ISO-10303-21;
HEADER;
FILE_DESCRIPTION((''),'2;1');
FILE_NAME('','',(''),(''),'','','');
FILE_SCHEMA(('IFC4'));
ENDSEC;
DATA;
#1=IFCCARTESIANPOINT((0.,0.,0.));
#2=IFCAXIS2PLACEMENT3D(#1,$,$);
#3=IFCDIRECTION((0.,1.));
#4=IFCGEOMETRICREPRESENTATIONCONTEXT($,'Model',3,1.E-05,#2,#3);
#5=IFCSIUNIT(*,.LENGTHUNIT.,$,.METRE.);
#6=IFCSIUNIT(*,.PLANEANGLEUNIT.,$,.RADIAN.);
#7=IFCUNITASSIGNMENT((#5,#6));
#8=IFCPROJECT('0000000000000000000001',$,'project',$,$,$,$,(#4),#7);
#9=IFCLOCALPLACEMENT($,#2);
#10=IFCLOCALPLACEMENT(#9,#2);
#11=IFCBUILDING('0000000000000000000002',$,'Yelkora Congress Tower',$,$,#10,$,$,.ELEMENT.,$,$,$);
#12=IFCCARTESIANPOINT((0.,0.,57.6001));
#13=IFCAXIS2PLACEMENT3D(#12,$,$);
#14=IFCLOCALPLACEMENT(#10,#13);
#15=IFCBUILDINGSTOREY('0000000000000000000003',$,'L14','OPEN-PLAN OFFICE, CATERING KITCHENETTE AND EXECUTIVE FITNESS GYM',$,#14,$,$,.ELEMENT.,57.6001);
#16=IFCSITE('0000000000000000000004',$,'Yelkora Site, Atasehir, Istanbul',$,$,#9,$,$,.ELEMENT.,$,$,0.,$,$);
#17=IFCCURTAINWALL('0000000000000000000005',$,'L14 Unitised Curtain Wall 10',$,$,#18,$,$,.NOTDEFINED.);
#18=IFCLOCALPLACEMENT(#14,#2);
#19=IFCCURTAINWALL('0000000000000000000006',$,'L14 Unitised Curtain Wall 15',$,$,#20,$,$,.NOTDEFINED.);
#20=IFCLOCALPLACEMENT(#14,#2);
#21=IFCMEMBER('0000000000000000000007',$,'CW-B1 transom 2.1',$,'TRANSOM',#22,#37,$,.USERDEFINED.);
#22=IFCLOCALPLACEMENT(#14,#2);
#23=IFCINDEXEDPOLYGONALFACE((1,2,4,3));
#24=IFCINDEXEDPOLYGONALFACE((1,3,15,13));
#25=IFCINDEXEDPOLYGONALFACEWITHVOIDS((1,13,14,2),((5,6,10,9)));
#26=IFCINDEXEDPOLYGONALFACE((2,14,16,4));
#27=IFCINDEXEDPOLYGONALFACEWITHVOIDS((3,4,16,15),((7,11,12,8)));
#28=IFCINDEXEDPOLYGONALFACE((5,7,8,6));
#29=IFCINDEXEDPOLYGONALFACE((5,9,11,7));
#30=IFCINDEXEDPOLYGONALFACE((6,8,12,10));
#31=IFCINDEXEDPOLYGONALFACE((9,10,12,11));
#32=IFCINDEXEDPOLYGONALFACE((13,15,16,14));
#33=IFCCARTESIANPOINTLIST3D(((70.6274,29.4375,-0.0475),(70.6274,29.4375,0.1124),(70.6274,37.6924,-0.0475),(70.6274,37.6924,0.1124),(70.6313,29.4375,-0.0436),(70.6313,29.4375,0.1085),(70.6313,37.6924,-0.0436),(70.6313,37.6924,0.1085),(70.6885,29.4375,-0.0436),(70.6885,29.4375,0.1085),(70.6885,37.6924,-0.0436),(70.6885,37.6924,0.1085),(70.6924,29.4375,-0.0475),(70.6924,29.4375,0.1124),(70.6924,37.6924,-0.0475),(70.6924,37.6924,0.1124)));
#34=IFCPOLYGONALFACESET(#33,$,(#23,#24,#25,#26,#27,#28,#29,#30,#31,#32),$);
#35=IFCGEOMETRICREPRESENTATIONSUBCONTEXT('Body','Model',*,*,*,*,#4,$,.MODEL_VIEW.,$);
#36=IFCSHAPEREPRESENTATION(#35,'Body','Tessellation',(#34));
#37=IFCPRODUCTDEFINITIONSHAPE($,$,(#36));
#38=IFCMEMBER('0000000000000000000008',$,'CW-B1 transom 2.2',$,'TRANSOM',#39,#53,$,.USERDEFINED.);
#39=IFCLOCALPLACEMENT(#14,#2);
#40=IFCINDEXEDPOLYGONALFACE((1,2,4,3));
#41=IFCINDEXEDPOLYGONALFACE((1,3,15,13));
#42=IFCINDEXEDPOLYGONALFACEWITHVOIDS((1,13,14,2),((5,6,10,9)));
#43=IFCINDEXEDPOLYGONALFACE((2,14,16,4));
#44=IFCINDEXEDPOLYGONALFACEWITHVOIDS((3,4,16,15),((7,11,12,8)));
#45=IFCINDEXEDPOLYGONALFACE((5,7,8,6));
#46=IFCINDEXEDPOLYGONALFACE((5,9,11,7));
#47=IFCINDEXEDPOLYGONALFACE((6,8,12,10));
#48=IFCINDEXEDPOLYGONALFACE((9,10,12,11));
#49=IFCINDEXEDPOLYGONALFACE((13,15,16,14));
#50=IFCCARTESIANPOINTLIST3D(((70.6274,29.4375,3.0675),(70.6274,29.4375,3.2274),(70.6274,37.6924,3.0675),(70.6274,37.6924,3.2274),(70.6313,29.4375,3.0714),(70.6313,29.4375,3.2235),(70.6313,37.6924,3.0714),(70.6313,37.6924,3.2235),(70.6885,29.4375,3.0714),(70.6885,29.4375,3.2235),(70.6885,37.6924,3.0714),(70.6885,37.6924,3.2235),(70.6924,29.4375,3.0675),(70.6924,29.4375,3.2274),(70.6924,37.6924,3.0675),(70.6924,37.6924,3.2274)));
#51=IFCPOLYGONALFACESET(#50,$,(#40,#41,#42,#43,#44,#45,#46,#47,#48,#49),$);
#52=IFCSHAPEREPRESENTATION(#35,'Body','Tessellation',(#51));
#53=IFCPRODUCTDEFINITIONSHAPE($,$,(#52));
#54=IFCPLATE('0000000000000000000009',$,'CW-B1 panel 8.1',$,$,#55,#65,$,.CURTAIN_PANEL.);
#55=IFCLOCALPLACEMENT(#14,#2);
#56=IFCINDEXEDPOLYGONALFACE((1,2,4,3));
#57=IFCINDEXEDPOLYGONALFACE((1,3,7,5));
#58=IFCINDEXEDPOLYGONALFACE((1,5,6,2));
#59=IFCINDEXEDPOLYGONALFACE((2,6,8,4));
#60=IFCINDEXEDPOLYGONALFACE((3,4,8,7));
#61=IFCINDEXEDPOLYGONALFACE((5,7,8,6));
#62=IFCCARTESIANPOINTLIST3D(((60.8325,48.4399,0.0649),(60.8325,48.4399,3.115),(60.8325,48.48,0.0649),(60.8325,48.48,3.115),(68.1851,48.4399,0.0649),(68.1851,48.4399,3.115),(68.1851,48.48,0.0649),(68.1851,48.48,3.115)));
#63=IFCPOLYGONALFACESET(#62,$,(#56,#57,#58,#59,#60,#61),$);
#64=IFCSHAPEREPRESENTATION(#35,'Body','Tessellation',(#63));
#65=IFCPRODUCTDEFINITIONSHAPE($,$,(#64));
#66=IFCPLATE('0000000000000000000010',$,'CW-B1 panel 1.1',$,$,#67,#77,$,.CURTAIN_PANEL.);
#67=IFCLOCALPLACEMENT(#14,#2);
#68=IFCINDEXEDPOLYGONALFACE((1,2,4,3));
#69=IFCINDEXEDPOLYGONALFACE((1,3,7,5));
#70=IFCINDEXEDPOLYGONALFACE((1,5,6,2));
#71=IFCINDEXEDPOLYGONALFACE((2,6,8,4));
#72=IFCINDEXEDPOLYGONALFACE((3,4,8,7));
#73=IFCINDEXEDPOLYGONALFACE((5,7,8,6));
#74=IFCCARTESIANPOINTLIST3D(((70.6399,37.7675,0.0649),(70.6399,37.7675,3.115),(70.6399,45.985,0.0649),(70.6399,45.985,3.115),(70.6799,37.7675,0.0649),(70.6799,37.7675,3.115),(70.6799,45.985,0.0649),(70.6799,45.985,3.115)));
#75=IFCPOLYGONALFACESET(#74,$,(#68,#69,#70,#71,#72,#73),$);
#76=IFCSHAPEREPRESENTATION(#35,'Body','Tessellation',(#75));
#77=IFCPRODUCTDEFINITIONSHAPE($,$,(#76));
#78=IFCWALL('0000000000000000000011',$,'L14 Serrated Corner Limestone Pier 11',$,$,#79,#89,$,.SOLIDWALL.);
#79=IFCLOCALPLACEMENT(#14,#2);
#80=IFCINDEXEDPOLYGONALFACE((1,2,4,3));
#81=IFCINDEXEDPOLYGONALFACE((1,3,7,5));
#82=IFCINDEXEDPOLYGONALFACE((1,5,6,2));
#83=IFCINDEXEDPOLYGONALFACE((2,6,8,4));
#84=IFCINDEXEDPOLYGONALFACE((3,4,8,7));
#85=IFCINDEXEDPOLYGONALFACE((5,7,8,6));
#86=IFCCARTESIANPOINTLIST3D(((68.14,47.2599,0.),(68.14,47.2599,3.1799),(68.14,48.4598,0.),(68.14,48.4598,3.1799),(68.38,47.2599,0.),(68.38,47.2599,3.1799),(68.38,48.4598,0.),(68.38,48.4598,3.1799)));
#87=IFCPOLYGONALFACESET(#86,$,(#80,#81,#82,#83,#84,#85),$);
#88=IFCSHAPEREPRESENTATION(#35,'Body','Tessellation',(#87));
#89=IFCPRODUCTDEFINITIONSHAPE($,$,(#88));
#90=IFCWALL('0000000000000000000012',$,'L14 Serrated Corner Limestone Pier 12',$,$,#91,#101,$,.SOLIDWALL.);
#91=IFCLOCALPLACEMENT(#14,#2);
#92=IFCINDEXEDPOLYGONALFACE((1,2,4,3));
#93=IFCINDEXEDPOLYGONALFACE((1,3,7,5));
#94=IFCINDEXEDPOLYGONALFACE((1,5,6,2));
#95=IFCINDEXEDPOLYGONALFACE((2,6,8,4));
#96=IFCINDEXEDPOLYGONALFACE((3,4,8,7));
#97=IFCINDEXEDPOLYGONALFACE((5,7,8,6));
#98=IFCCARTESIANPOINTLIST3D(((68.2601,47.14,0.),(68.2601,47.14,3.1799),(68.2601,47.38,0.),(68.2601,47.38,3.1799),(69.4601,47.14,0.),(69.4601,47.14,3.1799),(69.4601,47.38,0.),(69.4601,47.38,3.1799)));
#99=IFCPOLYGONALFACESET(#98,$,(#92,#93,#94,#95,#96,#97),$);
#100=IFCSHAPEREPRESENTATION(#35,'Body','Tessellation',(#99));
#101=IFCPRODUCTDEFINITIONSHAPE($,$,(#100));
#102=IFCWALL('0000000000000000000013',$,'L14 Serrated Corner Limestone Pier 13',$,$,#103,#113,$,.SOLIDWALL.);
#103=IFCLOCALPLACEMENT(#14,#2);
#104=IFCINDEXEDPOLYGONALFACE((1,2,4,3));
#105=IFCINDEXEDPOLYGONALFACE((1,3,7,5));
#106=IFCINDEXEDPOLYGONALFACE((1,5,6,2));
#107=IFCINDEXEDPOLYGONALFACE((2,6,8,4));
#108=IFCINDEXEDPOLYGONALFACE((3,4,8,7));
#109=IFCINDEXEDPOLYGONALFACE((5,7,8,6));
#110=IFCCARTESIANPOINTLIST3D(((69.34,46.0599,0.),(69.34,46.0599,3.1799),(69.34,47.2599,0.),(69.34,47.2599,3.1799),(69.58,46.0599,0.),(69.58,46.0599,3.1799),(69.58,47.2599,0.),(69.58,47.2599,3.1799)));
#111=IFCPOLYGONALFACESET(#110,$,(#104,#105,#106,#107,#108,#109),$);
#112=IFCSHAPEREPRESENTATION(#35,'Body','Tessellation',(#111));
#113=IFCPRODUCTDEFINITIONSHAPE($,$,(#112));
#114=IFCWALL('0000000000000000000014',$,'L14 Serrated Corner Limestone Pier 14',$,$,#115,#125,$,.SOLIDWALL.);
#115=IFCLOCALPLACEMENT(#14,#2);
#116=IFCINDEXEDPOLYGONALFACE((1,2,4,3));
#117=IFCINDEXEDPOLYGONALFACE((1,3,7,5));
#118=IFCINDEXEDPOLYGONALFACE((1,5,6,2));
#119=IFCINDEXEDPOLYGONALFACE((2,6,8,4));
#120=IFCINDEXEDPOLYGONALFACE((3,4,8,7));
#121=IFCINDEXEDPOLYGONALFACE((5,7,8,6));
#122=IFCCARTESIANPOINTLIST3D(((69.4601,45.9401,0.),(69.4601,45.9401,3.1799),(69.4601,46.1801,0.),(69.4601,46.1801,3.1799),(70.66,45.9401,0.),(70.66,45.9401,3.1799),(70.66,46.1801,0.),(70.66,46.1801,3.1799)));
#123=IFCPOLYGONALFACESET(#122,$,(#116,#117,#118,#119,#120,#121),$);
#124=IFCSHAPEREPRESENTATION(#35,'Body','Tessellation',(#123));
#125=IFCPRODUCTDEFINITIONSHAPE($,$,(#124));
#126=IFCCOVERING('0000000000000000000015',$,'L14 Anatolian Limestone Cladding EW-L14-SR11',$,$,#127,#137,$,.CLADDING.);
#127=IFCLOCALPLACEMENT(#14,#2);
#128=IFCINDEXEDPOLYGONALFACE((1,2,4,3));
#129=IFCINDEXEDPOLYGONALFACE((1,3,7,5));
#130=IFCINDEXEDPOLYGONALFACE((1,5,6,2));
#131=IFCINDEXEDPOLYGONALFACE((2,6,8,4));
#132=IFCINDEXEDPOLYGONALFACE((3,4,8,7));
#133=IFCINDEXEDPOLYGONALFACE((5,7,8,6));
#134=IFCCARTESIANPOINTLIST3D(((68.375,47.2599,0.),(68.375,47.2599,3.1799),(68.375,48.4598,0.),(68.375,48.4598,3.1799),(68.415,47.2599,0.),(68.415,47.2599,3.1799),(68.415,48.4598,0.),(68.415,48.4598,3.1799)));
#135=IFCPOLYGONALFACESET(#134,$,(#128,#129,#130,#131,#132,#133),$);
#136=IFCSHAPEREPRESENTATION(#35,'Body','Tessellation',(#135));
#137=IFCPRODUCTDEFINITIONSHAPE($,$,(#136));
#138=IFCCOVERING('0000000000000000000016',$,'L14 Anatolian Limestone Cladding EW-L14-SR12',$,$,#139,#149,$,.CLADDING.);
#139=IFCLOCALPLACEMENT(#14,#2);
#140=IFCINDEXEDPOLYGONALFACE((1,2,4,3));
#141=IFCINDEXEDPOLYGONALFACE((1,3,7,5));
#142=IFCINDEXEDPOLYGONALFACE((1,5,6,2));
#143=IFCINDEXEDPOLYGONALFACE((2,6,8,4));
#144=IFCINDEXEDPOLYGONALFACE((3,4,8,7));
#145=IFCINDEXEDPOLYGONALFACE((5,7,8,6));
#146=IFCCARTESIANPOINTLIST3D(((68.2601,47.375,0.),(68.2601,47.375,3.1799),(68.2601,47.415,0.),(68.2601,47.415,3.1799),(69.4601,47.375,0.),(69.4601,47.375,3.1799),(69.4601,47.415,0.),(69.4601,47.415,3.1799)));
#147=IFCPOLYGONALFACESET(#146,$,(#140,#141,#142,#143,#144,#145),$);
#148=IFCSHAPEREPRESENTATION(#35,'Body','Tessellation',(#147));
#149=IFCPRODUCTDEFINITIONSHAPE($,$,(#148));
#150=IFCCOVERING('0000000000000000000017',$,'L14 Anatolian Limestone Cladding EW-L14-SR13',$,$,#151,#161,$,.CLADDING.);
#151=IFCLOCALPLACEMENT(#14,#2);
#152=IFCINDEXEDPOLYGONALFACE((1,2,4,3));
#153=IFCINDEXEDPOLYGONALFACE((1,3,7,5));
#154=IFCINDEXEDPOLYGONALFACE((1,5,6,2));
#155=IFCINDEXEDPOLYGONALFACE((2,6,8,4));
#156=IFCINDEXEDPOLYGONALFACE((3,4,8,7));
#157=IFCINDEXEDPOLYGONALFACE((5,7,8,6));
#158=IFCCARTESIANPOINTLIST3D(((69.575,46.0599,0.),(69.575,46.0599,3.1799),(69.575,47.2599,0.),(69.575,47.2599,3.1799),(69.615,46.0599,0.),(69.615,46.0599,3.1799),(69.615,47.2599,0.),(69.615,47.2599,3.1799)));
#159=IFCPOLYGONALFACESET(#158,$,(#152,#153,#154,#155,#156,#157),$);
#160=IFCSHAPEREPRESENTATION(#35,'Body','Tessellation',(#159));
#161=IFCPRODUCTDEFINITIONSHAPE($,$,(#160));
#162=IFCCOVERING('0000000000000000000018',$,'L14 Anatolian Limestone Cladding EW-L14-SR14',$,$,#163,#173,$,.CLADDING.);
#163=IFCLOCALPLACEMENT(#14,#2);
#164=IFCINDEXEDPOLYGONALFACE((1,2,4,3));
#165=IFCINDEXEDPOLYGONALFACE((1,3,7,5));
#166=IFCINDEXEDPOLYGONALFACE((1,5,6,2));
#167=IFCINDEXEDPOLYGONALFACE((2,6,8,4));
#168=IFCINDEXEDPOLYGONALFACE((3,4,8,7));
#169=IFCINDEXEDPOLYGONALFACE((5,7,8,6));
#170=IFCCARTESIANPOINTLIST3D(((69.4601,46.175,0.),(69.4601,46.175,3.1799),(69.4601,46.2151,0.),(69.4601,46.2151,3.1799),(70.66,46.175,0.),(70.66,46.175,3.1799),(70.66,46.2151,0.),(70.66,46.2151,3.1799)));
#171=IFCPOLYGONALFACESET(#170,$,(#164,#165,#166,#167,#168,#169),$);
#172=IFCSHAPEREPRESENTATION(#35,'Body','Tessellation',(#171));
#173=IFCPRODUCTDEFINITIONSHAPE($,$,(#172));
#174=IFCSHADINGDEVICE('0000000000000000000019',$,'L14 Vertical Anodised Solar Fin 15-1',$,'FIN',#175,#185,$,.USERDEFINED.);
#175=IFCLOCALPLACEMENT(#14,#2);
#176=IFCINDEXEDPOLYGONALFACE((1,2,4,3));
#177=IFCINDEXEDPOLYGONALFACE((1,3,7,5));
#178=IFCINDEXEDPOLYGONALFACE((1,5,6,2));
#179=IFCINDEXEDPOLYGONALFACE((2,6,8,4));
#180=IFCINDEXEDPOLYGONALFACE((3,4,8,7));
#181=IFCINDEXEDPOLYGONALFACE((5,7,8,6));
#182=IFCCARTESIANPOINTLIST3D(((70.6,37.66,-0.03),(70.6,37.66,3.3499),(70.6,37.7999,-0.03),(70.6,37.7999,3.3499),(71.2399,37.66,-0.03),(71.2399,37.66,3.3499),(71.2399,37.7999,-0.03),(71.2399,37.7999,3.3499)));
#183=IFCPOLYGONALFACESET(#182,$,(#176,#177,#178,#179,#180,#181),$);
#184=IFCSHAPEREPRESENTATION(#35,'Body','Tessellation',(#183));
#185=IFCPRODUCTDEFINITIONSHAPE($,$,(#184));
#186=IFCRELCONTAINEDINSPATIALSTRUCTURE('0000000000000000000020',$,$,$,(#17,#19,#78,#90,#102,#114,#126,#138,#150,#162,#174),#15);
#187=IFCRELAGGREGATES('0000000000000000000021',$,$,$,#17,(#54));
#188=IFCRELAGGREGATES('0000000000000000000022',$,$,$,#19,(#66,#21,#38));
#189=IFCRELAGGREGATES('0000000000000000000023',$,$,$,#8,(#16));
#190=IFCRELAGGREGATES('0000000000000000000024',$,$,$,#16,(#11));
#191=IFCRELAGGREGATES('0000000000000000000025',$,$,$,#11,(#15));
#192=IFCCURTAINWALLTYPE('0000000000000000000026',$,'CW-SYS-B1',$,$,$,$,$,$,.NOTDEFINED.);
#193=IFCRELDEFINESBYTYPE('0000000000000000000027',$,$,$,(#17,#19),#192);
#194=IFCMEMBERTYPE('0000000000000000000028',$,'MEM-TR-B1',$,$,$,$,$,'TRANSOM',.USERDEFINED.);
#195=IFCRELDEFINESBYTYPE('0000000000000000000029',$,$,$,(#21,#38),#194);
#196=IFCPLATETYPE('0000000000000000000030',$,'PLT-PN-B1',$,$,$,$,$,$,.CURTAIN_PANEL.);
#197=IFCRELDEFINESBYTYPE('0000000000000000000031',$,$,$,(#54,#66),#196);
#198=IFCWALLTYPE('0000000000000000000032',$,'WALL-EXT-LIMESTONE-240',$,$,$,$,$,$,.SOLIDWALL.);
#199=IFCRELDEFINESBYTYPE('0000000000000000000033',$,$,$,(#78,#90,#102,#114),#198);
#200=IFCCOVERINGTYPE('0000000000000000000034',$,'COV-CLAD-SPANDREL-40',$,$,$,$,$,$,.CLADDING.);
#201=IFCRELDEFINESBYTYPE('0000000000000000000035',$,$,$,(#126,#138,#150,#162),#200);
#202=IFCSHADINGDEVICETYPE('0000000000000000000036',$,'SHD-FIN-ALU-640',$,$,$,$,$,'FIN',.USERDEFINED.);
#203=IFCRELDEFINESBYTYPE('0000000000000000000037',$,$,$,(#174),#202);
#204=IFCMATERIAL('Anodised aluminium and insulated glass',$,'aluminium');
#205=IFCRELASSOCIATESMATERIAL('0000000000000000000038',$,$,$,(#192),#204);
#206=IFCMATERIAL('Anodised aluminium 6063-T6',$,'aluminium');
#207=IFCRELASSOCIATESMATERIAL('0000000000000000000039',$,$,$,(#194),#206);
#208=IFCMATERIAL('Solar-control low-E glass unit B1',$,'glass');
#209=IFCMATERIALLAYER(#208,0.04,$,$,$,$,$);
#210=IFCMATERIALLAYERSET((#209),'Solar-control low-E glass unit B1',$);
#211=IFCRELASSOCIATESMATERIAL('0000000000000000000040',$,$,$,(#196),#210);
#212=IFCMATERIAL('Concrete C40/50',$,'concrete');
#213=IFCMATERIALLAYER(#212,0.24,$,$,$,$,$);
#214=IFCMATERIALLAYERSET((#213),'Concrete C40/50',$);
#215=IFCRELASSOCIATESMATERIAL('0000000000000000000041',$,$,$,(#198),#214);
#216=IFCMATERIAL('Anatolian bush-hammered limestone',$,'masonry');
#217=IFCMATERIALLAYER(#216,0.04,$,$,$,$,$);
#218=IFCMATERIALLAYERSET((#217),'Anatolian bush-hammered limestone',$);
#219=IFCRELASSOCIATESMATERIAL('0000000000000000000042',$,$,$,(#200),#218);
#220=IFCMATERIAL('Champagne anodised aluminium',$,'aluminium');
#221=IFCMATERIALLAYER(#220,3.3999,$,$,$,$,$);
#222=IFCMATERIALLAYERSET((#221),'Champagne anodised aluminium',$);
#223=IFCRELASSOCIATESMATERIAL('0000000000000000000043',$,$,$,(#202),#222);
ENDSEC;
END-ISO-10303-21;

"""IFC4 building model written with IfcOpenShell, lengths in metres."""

from ifc_helpers import new_model, si_unit, direction, frame, frame_2d, origin, origin_2d, place, context, subcontext, project, spatial, rectangle, hollow_rectangle, extrude, material, layer, layer_set, material_profile, profile_set, type_object, element, aggregate, save


model = new_model("IFC4")

# Units and contexts
model_context = context("Model", 3, precision=1e-05, world=origin(), true_north=direction((0.0, 1.0)))
body_context = subcontext(model_context, "Body", "Model", "MODEL_VIEW")
ifc_project = project(units=[si_unit("LENGTHUNIT", "METRE"), si_unit("PLANEANGLEUNIT", "RADIAN")], contexts=[model_context])

# Site, building, storey
site_placement = place(None, origin())
site = spatial("IfcSite", under=ifc_project, at=site_placement, Name="Yelkora Site, Atasehir, Istanbul", CompositionType="ELEMENT", RefElevation=0.0)
building_placement = place(site_placement, origin())
building = spatial("IfcBuilding", under=site, at=building_placement, Name="Yelkora Congress Tower", CompositionType="ELEMENT")
storey_placement = place(building_placement, frame((0.0, 0.0, 57.6001)))
storey = spatial("IfcBuildingStorey", under=building, at=storey_placement, Name="L14", Description="OPEN-PLAN OFFICE, CATERING KITCHENETTE AND EXECUTIVE FITNESS GYM", CompositionType="ELEMENT", Elevation=57.6001)

# Curtain wall
ifc_material_1 = material(Name="Anodised aluminium and insulated glass", Category="aluminium")
curtain_wall_type = type_object("IfcCurtainWallType", Name="CW-SYS-B1", PredefinedType="NOTDEFINED", material=ifc_material_1)
curtain_wall_1_placement = place(storey_placement, origin())
curtain_wall_1 = element("IfcCurtainWall", 1, at=curtain_wall_1_placement, inside=storey, type_object=curtain_wall_type, Name="L14 Unitised Curtain Wall 10", PredefinedType="NOTDEFINED")
ifc_material_2 = material(Name="Anodised aluminium 6063-T6", Category="aluminium")

# Curtain wall, members
curtain_wall_2_placement = place(storey_placement, origin())
curtain_wall_2 = element("IfcCurtainWall", 2, at=curtain_wall_2_placement, inside=storey, type_object=curtain_wall_type, Name="L14 Unitised Curtain Wall 15", PredefinedType="NOTDEFINED")
ifc_material_profile_1 = material_profile(ifc_material_2, hollow_rectangle(XDim=0.0649, YDim=0.1599, WallThickness=0.0039, at=origin_2d()), Name="ALU 65x160x4")
ifc_profile_set_1 = profile_set([ifc_material_profile_1], Name="Anodised aluminium 6063-T6")
member_type_1 = type_object("IfcMemberType", Name="MEM-TR-B1", ElementType="TRANSOM", PredefinedType="USERDEFINED", material=ifc_profile_set_1)
member_1_placement = place(storey_placement, frame((70.6599, 37.6924, 0.0325), z_axis=(0.0, -1.0, 0.0), x_axis=(1.0, 0.0, 0.0)))
member_1 = element("IfcMember", 3, at=member_1_placement, type_object=member_type_1, Name="CW-B1 transom 2.1", ObjectType="TRANSOM", PredefinedType="USERDEFINED", context=body_context, shape_type="SweptSolid", body=[
    extrude(hollow_rectangle(XDim=0.0649, YDim=0.1599, WallThickness=0.0039, at=origin_2d()), origin(), (0.0, 0.0, 1.0), 8.2549),
])
member_2_placement = place(storey_placement, frame((70.6599, 37.6924, 3.1475), z_axis=(0.0, -1.0, 0.0), x_axis=(1.0, 0.0, 0.0)))
member_2 = element("IfcMember", 4, at=member_2_placement, type_object=member_type_1, Name="CW-B1 transom 2.2", ObjectType="TRANSOM", PredefinedType="USERDEFINED", context=body_context, shape_type="SweptSolid", body=[
    extrude(hollow_rectangle(XDim=0.0649, YDim=0.1599, WallThickness=0.0039, at=origin_2d()), origin(), (0.0, 0.0, 1.0), 8.2549),
])

# Plates
ifc_material_3 = material(Name="Solar-control low-E glass unit B1", Category="glass")
ifc_layer_1 = layer(ifc_material_3, 0.04)
ifc_layer_set_1 = layer_set([ifc_layer_1], Name="Solar-control low-E glass unit B1")
plate_type = type_object("IfcPlateType", Name="PLT-PN-B1", PredefinedType="CURTAIN_PANEL", material=ifc_layer_set_1)
plate_1_placement = place(storey_placement, frame((64.5088, 48.46, 0.0649), z_axis=(0.0, 0.0, 1.0), x_axis=(1.0, 0.0, 0.0)))
plate_1 = element("IfcPlate", 5, at=plate_1_placement, type_object=plate_type, Name="CW-B1 panel 8.1", PredefinedType="CURTAIN_PANEL", context=body_context, shape_type="SweptSolid", body=[
    extrude(rectangle(XDim=7.3525, YDim=0.04, at=origin_2d()), origin(), (0.0, 0.0, 1.0), 3.05),
])
aggregate(curtain_wall_1, [plate_1])
plate_2_placement = place(storey_placement, frame((70.6599, 41.8762, 0.0649), z_axis=(0.0, 0.0, 1.0), x_axis=(0.0, -1.0, 0.0)))
plate_2 = element("IfcPlate", 6, at=plate_2_placement, type_object=plate_type, Name="CW-B1 panel 1.1", PredefinedType="CURTAIN_PANEL", context=body_context, shape_type="SweptSolid", body=[
    extrude(rectangle(XDim=8.2175, YDim=0.04, at=origin_2d()), origin(), (0.0, 0.0, 1.0), 3.05),
])
aggregate(curtain_wall_2, [plate_2, member_1, member_2])

# Walls
ifc_material_4 = material(Name="Concrete C40/50", Category="concrete")
ifc_layer_2 = layer(ifc_material_4, 0.24)
ifc_layer_set_2 = layer_set([ifc_layer_2], Name="Concrete C40/50")
wall_type = type_object("IfcWallType", Name="WALL-EXT-LIMESTONE-240", PredefinedType="SOLIDWALL", material=ifc_layer_set_2)
for number, where, z_axis, x_axis, name in (
    (7, (68.26, 48.46, 0.0), (0.0, 0.0, 1.0), (0.0, -1.0, 0.0), "L14 Serrated Corner Limestone Pier 11"),
    (8, (68.26, 47.26, 0.0), (0.0, 0.0, 1.0), (1.0, 0.0, 0.0), "L14 Serrated Corner Limestone Pier 12"),
    (9, (69.46, 47.26, 0.0), (0.0, 0.0, 1.0), (0.0, -1.0, 0.0), "L14 Serrated Corner Limestone Pier 13"),
    (10, (69.46, 46.0601, 0.0), (0.0, 0.0, 1.0), (1.0, 0.0, 0.0), "L14 Serrated Corner Limestone Pier 14"),
):
    element("IfcWall", number, at=place(storey_placement, frame(where, z_axis=z_axis, x_axis=x_axis)), inside=storey, type_object=wall_type, Name=name, PredefinedType="SOLIDWALL", context=body_context, shape_type="SweptSolid", body=[
        extrude(rectangle(XDim=1.2, YDim=0.24, at=frame_2d((0.6001, 0.0))), origin(), (0.0, 0.0, 1.0), 3.1799),
    ])

# Coverings
ifc_material_5 = material(Name="Anatolian bush-hammered limestone", Category="masonry")
ifc_layer_3 = layer(ifc_material_5, 0.04)
ifc_layer_set_3 = layer_set([ifc_layer_3], Name="Anatolian bush-hammered limestone")
covering_type = type_object("IfcCoveringType", Name="COV-CLAD-SPANDREL-40", PredefinedType="CLADDING", material=ifc_layer_set_3)
for number, where, z_axis, x_axis, name in (
    (11, (68.395, 48.46, 0.0), (0.0, 0.0, 1.0), (0.0, -1.0, 0.0), "L14 Anatolian Limestone Cladding EW-L14-SR11"),
    (12, (68.26, 47.395, 0.0), (0.0, 0.0, 1.0), (1.0, 0.0, 0.0), "L14 Anatolian Limestone Cladding EW-L14-SR12"),
    (13, (69.595, 47.26, 0.0), (0.0, 0.0, 1.0), (0.0, -1.0, 0.0), "L14 Anatolian Limestone Cladding EW-L14-SR13"),
    (14, (69.46, 46.1951, 0.0), (0.0, 0.0, 1.0), (1.0, 0.0, 0.0), "L14 Anatolian Limestone Cladding EW-L14-SR14"),
):
    element("IfcCovering", number, at=place(storey_placement, frame(where, z_axis=z_axis, x_axis=x_axis)), inside=storey, type_object=covering_type, Name=name, PredefinedType="CLADDING", context=body_context, shape_type="SweptSolid", body=[
        extrude(rectangle(XDim=1.2, YDim=0.04, at=frame_2d((0.6001, 0.0))), origin(), (0.0, 0.0, 1.0), 3.1799),
    ])

# Shading device
ifc_material_6 = material(Name="Champagne anodised aluminium", Category="aluminium")
ifc_layer_4 = layer(ifc_material_6, 3.3999)
ifc_layer_set_4 = layer_set([ifc_layer_4], Name="Champagne anodised aluminium")
shading_device_type = type_object("IfcShadingDeviceType", Name="SHD-FIN-ALU-640", ElementType="FIN", PredefinedType="USERDEFINED", material=ifc_layer_set_4)
shading_device_placement = place(storey_placement, frame((70.9199, 37.73, -0.03), z_axis=(0.0, 0.0, 1.0), x_axis=(0.0, -1.0, 0.0)))
element("IfcShadingDevice", 15, at=shading_device_placement, inside=storey, type_object=shading_device_type, Name="L14 Vertical Anodised Solar Fin 15-1", ObjectType="FIN", PredefinedType="USERDEFINED", context=body_context, shape_type="SweptSolid", body=[
    extrude(rectangle(XDim=0.1399, YDim=0.6399, at=origin_2d()), origin(), (0.0, 0.0, 1.0), 3.3799),
])

save(model, "model.ifc")
